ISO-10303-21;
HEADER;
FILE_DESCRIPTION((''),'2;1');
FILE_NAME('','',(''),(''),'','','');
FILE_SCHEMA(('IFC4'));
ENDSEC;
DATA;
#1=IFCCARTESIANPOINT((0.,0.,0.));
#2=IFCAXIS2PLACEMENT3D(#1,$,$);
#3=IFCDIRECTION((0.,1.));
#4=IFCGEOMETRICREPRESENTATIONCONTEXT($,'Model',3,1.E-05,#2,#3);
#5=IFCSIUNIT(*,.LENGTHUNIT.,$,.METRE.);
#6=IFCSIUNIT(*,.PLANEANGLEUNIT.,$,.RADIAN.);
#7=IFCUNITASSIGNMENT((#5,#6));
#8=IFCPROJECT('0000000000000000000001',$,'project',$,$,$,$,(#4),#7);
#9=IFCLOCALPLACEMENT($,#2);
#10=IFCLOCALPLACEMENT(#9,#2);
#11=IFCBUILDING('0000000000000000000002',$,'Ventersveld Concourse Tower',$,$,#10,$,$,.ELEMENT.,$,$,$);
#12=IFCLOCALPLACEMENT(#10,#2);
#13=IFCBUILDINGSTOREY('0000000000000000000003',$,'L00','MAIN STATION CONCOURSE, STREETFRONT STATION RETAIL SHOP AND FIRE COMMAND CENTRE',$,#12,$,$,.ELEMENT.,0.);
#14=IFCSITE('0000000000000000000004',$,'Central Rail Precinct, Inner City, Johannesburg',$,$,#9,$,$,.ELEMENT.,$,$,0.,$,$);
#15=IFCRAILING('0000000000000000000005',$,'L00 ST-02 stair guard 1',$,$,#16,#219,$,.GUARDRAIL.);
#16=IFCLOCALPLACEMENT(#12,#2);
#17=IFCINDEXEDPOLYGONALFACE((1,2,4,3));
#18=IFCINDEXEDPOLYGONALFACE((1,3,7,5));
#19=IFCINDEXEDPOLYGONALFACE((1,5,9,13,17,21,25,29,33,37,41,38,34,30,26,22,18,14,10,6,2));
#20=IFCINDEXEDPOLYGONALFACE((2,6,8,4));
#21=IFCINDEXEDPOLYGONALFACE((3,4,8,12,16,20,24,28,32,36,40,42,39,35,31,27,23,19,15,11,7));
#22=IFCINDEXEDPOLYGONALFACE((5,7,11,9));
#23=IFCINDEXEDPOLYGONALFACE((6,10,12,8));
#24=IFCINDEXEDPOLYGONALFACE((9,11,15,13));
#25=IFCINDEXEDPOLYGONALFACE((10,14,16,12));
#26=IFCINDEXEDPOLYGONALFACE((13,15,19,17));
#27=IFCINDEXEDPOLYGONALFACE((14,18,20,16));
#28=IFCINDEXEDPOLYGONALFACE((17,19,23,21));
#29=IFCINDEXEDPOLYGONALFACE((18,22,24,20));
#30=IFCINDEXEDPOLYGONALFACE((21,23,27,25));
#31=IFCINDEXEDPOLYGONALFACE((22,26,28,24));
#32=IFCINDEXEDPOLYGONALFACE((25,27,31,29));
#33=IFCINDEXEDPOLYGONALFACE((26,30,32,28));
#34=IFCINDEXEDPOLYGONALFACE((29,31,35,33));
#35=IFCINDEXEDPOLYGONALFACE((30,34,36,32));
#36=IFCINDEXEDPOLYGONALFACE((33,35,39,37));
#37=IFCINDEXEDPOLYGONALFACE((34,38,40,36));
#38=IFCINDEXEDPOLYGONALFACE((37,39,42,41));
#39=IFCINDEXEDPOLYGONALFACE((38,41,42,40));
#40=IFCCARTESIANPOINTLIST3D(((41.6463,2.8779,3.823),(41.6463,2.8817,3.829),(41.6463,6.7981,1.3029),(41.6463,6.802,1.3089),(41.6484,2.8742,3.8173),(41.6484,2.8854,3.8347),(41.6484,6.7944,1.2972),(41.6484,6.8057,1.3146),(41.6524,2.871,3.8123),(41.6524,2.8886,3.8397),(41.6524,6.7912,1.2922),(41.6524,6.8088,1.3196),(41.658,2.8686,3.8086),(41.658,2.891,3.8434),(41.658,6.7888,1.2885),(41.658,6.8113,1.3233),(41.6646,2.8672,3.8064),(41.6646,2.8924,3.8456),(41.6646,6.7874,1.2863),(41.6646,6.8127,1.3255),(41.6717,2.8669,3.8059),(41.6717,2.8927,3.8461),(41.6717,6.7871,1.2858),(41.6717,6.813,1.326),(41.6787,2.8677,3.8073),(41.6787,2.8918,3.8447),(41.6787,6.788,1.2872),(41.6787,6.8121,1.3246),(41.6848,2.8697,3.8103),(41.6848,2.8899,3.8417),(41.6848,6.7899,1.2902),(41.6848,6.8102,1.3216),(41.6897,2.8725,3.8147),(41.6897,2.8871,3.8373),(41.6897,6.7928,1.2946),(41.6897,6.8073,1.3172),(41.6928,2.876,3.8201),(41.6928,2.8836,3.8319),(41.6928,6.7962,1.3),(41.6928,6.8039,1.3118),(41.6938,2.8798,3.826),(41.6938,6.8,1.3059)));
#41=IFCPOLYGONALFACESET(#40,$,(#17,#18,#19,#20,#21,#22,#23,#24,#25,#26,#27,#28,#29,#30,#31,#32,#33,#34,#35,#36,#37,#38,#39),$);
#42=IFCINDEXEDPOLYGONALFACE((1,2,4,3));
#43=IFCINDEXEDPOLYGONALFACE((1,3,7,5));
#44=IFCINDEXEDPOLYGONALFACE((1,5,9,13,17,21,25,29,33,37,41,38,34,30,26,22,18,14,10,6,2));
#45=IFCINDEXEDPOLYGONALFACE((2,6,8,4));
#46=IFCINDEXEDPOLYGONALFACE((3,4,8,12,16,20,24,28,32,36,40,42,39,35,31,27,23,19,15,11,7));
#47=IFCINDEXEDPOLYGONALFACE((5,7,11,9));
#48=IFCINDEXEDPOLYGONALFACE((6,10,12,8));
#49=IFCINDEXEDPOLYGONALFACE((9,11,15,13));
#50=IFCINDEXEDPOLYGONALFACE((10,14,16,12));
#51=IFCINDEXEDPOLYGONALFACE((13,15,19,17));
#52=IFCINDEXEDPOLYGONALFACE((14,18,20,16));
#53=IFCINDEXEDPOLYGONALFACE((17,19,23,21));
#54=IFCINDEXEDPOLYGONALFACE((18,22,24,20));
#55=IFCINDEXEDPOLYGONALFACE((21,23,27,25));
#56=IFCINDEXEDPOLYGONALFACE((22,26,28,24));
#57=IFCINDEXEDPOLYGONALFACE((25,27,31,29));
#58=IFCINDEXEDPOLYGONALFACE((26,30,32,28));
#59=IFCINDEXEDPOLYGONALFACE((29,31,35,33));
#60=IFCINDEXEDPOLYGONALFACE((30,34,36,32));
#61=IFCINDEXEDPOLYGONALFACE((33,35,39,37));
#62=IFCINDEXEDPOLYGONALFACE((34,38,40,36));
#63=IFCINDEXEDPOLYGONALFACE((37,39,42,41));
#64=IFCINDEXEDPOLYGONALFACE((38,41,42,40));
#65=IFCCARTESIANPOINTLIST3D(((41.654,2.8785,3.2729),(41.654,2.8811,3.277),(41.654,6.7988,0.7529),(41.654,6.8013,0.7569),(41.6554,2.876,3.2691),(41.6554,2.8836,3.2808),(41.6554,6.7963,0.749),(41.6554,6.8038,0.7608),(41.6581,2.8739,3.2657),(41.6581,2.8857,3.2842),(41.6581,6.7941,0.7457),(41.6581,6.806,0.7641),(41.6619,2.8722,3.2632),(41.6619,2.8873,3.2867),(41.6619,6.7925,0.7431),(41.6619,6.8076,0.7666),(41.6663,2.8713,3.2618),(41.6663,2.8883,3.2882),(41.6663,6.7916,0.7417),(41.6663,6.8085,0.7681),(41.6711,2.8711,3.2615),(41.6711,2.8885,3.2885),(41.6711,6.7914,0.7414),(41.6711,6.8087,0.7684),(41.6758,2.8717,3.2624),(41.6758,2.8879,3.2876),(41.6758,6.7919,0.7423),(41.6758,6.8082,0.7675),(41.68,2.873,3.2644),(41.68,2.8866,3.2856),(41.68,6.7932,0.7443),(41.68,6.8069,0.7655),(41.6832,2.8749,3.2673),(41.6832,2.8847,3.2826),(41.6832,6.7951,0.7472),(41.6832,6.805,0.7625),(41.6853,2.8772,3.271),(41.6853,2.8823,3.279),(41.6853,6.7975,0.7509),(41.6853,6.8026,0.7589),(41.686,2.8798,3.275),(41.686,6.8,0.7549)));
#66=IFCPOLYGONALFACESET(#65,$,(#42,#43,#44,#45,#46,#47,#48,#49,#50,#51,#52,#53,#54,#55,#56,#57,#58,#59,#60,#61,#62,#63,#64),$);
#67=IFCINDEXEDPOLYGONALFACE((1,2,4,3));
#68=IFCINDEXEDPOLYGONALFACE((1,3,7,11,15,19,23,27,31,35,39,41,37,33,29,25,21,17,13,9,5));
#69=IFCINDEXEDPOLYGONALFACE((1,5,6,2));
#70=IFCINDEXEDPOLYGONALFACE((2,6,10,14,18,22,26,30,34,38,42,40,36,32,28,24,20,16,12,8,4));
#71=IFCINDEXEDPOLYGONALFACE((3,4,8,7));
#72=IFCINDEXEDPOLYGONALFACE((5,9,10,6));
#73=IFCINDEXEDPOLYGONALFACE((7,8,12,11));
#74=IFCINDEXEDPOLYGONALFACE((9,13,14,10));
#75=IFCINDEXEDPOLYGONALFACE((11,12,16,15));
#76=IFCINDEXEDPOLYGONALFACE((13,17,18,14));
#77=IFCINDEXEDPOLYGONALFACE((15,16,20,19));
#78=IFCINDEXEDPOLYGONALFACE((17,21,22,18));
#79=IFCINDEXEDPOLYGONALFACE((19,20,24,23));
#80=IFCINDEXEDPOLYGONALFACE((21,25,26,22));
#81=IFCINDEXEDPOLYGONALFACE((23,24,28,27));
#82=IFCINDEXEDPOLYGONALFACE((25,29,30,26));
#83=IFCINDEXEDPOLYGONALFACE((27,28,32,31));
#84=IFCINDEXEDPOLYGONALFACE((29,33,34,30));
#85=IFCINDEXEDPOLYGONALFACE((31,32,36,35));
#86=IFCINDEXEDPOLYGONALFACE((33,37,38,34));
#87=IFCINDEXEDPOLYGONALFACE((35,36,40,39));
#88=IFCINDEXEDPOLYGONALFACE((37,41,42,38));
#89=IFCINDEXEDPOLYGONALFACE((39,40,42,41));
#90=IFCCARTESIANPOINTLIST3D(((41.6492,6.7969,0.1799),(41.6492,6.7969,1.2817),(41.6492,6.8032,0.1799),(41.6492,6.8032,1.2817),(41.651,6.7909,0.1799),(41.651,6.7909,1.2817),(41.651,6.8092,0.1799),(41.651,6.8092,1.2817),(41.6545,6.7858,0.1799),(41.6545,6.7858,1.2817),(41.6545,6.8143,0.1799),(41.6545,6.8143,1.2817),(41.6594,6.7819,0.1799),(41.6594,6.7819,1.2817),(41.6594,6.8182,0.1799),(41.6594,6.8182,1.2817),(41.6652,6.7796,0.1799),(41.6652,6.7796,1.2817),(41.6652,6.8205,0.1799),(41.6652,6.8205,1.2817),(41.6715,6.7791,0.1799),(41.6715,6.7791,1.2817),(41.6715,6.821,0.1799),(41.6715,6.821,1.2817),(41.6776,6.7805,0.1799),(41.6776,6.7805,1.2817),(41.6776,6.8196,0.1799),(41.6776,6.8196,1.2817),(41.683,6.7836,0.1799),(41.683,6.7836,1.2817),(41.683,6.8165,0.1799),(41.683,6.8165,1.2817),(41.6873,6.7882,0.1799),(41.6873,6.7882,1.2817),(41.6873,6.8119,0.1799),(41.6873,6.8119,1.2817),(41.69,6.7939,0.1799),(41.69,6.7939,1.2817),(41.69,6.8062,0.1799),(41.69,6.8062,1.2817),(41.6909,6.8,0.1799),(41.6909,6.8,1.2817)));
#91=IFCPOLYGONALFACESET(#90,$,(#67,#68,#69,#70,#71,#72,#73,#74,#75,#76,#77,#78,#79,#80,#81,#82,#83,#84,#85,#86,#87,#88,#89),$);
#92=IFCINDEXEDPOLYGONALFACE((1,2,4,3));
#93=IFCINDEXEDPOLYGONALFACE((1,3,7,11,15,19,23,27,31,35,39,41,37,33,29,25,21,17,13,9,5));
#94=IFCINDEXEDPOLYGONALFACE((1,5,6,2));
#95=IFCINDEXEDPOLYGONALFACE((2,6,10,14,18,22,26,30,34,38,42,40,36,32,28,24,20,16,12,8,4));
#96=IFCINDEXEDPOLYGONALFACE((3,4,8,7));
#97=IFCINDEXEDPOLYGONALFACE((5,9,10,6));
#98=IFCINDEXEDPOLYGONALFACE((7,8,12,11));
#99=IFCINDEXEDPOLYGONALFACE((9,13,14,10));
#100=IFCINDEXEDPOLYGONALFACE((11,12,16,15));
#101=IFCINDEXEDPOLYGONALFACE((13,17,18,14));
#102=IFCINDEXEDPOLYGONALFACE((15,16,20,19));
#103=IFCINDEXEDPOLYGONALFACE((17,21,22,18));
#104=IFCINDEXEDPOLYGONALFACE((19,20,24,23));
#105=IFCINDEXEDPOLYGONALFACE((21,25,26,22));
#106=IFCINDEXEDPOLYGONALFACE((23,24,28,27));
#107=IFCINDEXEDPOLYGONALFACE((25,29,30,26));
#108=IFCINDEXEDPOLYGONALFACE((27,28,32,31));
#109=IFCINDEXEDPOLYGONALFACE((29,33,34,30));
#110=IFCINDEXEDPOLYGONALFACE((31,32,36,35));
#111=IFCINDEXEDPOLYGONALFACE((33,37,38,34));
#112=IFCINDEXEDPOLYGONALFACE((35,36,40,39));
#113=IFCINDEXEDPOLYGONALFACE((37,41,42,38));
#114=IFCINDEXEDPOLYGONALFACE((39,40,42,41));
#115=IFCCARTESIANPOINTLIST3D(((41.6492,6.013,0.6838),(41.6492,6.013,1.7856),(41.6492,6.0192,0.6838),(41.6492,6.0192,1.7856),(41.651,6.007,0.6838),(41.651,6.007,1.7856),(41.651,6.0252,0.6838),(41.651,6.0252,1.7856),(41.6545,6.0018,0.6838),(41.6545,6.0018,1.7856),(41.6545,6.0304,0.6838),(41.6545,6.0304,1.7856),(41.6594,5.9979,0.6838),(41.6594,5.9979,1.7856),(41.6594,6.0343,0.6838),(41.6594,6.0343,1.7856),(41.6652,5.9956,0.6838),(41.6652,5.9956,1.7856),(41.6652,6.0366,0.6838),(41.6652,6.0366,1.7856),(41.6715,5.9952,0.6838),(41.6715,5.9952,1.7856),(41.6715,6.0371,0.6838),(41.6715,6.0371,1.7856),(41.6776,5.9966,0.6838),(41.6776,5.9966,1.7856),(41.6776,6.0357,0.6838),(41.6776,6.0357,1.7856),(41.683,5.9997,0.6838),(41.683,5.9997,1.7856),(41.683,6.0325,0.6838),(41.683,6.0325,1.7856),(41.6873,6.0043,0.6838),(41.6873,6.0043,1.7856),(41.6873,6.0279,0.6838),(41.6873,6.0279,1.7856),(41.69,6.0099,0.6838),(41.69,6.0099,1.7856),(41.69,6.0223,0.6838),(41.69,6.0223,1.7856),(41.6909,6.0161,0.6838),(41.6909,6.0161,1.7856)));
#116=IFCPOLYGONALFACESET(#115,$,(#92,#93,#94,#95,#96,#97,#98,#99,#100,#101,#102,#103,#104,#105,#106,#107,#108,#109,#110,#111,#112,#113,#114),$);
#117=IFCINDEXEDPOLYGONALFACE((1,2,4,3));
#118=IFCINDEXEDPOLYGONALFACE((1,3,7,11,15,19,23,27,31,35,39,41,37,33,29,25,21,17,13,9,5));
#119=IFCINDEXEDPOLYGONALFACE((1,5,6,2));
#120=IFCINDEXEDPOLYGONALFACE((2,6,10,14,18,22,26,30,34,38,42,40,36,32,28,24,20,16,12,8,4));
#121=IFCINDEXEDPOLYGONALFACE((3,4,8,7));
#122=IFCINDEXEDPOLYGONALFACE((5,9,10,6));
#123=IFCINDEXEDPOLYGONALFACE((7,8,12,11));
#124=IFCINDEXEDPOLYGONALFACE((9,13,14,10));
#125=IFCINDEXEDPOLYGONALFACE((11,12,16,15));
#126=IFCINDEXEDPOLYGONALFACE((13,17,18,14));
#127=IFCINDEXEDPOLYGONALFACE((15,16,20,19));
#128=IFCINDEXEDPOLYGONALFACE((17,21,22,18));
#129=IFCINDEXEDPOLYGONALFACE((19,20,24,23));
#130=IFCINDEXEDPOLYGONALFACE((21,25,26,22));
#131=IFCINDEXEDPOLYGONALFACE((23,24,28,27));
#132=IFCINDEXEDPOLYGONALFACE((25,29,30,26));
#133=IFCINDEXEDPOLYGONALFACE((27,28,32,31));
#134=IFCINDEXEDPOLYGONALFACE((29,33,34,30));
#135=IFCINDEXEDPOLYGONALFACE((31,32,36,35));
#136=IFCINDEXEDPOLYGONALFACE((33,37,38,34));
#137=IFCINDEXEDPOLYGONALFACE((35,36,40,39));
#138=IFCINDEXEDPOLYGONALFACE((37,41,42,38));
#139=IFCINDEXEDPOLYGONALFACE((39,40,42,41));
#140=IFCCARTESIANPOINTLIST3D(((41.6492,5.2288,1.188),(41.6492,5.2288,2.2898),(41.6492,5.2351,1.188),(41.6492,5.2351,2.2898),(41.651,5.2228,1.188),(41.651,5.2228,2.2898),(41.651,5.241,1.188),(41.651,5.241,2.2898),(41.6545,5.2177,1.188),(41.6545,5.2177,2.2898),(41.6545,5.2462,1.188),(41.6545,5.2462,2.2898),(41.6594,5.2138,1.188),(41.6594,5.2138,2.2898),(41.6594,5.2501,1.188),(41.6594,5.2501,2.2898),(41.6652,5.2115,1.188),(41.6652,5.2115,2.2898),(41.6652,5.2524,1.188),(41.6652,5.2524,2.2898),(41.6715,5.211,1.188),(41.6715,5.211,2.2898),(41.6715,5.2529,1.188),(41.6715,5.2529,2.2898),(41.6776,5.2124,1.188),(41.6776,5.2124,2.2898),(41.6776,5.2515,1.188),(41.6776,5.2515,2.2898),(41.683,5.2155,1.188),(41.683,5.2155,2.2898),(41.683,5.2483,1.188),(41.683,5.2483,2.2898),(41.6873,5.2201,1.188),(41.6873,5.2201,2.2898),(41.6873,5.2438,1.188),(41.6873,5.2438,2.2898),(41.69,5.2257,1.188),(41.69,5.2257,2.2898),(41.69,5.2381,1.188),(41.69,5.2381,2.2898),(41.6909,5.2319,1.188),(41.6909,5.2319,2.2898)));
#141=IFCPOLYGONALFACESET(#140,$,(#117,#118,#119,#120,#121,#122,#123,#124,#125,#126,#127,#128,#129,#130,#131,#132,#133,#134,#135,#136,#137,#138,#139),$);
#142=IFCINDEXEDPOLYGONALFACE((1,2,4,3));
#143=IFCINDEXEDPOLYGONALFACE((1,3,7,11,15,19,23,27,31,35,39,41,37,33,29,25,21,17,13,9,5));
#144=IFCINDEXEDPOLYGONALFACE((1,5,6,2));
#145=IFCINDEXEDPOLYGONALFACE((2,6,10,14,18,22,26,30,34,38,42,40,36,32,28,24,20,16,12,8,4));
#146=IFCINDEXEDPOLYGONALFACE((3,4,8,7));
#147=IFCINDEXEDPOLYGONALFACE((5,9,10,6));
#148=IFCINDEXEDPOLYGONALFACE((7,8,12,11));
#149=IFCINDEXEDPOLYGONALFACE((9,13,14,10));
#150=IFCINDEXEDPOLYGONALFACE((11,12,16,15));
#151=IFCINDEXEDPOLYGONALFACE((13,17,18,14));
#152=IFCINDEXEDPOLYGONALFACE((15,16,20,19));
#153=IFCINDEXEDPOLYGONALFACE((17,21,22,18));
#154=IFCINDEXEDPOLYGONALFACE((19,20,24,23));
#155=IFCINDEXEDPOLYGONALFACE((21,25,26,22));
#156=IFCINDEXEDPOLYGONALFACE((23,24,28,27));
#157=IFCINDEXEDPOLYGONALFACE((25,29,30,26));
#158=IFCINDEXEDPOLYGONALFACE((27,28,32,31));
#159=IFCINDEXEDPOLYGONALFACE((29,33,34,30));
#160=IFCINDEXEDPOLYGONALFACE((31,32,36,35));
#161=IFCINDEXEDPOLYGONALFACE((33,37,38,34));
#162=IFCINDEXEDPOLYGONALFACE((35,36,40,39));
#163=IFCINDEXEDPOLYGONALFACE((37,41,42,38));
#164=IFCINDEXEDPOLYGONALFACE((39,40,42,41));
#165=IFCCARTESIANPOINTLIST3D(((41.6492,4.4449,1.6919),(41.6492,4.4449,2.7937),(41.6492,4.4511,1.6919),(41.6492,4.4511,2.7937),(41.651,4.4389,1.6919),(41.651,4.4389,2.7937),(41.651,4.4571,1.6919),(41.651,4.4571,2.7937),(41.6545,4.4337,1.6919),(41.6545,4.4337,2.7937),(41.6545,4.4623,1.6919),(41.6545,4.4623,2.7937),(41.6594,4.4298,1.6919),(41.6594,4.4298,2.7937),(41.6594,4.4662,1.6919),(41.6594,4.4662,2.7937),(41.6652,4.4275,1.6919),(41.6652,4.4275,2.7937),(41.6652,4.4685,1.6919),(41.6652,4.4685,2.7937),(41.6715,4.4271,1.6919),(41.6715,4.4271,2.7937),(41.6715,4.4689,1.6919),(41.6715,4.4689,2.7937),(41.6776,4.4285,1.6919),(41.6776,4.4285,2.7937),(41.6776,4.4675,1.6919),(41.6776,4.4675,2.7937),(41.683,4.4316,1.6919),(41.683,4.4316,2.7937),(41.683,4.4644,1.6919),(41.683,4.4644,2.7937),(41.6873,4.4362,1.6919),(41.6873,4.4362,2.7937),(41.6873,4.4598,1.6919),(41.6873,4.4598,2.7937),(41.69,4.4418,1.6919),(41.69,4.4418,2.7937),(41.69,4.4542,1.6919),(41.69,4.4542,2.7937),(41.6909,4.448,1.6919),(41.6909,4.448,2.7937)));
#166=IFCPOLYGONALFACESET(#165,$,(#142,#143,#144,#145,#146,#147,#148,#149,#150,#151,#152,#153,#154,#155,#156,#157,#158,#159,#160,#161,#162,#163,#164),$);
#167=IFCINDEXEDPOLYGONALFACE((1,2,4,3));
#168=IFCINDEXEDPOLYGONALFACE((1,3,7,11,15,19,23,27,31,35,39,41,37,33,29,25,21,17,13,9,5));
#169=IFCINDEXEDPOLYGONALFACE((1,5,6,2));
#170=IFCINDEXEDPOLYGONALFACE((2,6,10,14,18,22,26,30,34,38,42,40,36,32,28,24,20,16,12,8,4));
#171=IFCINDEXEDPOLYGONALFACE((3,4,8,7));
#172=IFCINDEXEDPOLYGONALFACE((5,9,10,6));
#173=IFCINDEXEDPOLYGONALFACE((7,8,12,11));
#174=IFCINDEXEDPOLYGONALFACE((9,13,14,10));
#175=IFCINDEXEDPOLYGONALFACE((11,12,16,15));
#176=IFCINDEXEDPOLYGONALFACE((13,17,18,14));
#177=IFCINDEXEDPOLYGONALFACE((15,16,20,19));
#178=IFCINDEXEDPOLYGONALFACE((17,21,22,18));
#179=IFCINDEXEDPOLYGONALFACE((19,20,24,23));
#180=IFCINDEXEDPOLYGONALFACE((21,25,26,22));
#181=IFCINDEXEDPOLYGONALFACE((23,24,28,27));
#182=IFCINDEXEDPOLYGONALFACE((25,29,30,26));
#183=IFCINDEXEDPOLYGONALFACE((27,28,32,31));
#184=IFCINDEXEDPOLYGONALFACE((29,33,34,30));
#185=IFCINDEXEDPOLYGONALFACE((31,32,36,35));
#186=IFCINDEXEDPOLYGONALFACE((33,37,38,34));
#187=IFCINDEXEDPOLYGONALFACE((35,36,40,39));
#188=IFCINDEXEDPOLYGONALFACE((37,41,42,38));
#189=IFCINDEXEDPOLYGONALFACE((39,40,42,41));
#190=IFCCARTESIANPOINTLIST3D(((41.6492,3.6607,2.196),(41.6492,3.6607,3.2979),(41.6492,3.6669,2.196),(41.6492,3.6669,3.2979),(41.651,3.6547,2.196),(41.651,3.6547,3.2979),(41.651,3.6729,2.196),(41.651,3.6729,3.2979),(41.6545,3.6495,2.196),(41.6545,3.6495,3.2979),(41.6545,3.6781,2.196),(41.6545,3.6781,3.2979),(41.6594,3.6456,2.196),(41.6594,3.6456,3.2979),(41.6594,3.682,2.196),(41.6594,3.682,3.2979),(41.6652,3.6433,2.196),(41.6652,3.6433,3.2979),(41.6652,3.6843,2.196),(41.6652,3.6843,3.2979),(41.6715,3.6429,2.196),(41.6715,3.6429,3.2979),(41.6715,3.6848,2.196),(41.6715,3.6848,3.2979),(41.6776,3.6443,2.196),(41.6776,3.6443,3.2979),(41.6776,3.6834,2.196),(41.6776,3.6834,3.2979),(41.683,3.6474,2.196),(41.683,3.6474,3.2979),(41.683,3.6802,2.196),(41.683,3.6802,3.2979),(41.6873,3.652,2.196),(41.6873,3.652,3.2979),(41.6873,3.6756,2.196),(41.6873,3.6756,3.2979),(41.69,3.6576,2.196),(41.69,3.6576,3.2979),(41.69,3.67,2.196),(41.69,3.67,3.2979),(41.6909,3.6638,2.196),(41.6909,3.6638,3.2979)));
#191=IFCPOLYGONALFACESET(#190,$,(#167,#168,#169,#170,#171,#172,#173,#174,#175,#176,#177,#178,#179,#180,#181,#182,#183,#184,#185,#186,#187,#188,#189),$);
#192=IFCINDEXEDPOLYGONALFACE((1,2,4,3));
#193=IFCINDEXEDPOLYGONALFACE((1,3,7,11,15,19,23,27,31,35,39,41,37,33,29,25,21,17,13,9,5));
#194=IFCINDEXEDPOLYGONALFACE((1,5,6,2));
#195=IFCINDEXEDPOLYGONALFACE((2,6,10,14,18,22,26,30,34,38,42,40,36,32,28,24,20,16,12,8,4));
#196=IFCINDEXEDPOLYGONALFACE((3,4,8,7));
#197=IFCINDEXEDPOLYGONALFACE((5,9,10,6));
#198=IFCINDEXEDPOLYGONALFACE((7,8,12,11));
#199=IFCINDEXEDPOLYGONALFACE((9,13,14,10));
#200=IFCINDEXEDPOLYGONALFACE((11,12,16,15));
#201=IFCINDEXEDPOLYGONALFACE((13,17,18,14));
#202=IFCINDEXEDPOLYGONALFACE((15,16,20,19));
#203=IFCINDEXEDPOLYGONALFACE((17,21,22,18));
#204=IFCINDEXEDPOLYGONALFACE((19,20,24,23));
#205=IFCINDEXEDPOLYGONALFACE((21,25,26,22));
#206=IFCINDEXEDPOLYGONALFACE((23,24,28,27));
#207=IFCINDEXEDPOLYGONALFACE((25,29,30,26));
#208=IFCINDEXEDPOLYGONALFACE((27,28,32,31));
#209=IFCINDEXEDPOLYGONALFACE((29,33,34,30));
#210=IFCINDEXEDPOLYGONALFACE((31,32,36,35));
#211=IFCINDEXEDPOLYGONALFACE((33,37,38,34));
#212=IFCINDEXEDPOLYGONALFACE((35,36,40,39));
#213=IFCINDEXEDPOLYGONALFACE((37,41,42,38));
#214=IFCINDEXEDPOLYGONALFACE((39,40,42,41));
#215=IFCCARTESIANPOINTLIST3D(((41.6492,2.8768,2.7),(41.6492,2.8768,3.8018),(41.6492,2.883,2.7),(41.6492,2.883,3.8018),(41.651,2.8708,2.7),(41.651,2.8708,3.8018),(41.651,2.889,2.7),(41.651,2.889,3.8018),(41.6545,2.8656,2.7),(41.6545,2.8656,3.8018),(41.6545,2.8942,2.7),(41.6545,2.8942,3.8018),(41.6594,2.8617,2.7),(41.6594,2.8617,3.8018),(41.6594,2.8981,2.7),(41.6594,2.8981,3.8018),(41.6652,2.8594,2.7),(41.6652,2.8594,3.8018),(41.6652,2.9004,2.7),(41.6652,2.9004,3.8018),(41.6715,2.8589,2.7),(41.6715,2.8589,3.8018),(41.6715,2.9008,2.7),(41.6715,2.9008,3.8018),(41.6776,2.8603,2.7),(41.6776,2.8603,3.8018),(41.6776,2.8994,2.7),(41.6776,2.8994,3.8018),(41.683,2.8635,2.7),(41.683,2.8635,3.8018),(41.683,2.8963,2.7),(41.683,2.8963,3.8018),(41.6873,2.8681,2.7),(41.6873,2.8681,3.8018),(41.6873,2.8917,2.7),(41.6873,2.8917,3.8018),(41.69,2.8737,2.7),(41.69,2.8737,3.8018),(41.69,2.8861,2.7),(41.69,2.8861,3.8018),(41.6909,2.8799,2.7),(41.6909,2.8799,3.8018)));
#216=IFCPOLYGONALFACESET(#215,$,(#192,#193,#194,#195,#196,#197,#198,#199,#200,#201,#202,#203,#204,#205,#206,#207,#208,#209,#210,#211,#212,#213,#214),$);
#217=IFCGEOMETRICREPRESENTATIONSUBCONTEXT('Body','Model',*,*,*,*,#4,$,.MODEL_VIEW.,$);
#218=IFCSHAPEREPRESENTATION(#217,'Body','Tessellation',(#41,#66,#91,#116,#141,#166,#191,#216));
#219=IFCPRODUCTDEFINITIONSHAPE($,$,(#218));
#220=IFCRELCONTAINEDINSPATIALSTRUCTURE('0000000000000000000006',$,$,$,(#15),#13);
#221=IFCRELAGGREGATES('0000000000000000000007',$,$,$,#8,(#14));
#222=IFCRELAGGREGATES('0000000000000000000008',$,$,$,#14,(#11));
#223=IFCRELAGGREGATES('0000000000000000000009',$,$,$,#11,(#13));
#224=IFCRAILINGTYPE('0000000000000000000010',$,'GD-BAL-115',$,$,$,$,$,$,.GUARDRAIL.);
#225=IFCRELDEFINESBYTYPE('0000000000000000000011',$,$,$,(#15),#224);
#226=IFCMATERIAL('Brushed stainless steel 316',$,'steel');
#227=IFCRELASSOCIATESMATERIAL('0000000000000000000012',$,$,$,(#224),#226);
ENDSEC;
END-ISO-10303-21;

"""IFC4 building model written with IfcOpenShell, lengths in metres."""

from ifc_helpers import new_model, si_unit, direction, frame, origin, origin_2d, place, context, subcontext, project, spatial, circle, extrude, material, type_object, element, save


model = new_model("IFC4")

# Units and contexts
model_context = context("Model", 3, precision=1e-05, world=origin(), true_north=direction((0.0, 1.0)))
body_context = subcontext(model_context, "Body", "Model", "MODEL_VIEW")
ifc_project = project(units=[si_unit("LENGTHUNIT", "METRE"), si_unit("PLANEANGLEUNIT", "RADIAN")], contexts=[model_context])

# Site, building, storey
site_placement = place(None, origin())
site = spatial("IfcSite", under=ifc_project, at=site_placement, Name="Central Rail Precinct, Inner City, Johannesburg", CompositionType="ELEMENT", RefElevation=0.0)
building_placement = place(site_placement, origin())
building = spatial("IfcBuilding", under=site, at=building_placement, Name="Ventersveld Concourse Tower", CompositionType="ELEMENT")
storey_placement = place(building_placement, origin())
storey = spatial("IfcBuildingStorey", under=building, at=storey_placement, Name="L00", Description="MAIN STATION CONCOURSE, STREETFRONT STATION RETAIL SHOP AND FIRE COMMAND CENTRE", CompositionType="ELEMENT", Elevation=0.0)

# Shared definitions
ifc_material_1 = material(Name="Brushed stainless steel 316", Category="steel")

# Railing
railing_type_1 = type_object("IfcRailingType", Name="GD-BAL-115", PredefinedType="GUARDRAIL", material=ifc_material_1)
railing_1_placement = place(storey_placement, frame((41.6699, 6.8, 0.1799)))
element("IfcRailing", 1, at=railing_1_placement, inside=storey, type_object=railing_type_1, Name="L00 ST-02 stair guard 1", PredefinedType="GUARDRAIL", context=body_context, shape_type="SweptSolid", body=[
    extrude(circle(Radius=0.0239, at=origin_2d()), frame((0.0, 0.0, 1.126), z_axis=(0.0, -0.841187, 0.540744), x_axis=(1.0, 0.0, 0.0)), (0.0, 0.0, 1.0), 4.6604),
    extrude(circle(Radius=0.0161, at=origin_2d()), frame((0.0, 0.0, 0.575), z_axis=(0.0, -0.841187, 0.540744), x_axis=(1.0, 0.0, 0.0)), (0.0, 0.0, 1.0), 4.6604),
    extrude(circle(Radius=0.021, at=origin_2d()), origin(), (0.0, 0.0, 1.0), 1.1018),
    extrude(circle(Radius=0.021, at=origin_2d()), frame((0.0, -0.7839, 0.5039)), (0.0, 0.0, 1.0), 1.1018),
    extrude(circle(Radius=0.021, at=origin_2d()), frame((0.0, -1.5681, 1.0081)), (0.0, 0.0, 1.0), 1.1018),
    extrude(circle(Radius=0.021, at=origin_2d()), frame((0.0, -2.3521, 1.512)), (0.0, 0.0, 1.0), 1.1018),
    extrude(circle(Radius=0.021, at=origin_2d()), frame((0.0, -3.1362, 2.0161)), (0.0, 0.0, 1.0), 1.1018),
    extrude(circle(Radius=0.021, at=origin_2d()), frame((0.0, -3.9202, 2.52)), (0.0, 0.0, 1.0), 1.1018),
])

save(model, "model.ifc")
